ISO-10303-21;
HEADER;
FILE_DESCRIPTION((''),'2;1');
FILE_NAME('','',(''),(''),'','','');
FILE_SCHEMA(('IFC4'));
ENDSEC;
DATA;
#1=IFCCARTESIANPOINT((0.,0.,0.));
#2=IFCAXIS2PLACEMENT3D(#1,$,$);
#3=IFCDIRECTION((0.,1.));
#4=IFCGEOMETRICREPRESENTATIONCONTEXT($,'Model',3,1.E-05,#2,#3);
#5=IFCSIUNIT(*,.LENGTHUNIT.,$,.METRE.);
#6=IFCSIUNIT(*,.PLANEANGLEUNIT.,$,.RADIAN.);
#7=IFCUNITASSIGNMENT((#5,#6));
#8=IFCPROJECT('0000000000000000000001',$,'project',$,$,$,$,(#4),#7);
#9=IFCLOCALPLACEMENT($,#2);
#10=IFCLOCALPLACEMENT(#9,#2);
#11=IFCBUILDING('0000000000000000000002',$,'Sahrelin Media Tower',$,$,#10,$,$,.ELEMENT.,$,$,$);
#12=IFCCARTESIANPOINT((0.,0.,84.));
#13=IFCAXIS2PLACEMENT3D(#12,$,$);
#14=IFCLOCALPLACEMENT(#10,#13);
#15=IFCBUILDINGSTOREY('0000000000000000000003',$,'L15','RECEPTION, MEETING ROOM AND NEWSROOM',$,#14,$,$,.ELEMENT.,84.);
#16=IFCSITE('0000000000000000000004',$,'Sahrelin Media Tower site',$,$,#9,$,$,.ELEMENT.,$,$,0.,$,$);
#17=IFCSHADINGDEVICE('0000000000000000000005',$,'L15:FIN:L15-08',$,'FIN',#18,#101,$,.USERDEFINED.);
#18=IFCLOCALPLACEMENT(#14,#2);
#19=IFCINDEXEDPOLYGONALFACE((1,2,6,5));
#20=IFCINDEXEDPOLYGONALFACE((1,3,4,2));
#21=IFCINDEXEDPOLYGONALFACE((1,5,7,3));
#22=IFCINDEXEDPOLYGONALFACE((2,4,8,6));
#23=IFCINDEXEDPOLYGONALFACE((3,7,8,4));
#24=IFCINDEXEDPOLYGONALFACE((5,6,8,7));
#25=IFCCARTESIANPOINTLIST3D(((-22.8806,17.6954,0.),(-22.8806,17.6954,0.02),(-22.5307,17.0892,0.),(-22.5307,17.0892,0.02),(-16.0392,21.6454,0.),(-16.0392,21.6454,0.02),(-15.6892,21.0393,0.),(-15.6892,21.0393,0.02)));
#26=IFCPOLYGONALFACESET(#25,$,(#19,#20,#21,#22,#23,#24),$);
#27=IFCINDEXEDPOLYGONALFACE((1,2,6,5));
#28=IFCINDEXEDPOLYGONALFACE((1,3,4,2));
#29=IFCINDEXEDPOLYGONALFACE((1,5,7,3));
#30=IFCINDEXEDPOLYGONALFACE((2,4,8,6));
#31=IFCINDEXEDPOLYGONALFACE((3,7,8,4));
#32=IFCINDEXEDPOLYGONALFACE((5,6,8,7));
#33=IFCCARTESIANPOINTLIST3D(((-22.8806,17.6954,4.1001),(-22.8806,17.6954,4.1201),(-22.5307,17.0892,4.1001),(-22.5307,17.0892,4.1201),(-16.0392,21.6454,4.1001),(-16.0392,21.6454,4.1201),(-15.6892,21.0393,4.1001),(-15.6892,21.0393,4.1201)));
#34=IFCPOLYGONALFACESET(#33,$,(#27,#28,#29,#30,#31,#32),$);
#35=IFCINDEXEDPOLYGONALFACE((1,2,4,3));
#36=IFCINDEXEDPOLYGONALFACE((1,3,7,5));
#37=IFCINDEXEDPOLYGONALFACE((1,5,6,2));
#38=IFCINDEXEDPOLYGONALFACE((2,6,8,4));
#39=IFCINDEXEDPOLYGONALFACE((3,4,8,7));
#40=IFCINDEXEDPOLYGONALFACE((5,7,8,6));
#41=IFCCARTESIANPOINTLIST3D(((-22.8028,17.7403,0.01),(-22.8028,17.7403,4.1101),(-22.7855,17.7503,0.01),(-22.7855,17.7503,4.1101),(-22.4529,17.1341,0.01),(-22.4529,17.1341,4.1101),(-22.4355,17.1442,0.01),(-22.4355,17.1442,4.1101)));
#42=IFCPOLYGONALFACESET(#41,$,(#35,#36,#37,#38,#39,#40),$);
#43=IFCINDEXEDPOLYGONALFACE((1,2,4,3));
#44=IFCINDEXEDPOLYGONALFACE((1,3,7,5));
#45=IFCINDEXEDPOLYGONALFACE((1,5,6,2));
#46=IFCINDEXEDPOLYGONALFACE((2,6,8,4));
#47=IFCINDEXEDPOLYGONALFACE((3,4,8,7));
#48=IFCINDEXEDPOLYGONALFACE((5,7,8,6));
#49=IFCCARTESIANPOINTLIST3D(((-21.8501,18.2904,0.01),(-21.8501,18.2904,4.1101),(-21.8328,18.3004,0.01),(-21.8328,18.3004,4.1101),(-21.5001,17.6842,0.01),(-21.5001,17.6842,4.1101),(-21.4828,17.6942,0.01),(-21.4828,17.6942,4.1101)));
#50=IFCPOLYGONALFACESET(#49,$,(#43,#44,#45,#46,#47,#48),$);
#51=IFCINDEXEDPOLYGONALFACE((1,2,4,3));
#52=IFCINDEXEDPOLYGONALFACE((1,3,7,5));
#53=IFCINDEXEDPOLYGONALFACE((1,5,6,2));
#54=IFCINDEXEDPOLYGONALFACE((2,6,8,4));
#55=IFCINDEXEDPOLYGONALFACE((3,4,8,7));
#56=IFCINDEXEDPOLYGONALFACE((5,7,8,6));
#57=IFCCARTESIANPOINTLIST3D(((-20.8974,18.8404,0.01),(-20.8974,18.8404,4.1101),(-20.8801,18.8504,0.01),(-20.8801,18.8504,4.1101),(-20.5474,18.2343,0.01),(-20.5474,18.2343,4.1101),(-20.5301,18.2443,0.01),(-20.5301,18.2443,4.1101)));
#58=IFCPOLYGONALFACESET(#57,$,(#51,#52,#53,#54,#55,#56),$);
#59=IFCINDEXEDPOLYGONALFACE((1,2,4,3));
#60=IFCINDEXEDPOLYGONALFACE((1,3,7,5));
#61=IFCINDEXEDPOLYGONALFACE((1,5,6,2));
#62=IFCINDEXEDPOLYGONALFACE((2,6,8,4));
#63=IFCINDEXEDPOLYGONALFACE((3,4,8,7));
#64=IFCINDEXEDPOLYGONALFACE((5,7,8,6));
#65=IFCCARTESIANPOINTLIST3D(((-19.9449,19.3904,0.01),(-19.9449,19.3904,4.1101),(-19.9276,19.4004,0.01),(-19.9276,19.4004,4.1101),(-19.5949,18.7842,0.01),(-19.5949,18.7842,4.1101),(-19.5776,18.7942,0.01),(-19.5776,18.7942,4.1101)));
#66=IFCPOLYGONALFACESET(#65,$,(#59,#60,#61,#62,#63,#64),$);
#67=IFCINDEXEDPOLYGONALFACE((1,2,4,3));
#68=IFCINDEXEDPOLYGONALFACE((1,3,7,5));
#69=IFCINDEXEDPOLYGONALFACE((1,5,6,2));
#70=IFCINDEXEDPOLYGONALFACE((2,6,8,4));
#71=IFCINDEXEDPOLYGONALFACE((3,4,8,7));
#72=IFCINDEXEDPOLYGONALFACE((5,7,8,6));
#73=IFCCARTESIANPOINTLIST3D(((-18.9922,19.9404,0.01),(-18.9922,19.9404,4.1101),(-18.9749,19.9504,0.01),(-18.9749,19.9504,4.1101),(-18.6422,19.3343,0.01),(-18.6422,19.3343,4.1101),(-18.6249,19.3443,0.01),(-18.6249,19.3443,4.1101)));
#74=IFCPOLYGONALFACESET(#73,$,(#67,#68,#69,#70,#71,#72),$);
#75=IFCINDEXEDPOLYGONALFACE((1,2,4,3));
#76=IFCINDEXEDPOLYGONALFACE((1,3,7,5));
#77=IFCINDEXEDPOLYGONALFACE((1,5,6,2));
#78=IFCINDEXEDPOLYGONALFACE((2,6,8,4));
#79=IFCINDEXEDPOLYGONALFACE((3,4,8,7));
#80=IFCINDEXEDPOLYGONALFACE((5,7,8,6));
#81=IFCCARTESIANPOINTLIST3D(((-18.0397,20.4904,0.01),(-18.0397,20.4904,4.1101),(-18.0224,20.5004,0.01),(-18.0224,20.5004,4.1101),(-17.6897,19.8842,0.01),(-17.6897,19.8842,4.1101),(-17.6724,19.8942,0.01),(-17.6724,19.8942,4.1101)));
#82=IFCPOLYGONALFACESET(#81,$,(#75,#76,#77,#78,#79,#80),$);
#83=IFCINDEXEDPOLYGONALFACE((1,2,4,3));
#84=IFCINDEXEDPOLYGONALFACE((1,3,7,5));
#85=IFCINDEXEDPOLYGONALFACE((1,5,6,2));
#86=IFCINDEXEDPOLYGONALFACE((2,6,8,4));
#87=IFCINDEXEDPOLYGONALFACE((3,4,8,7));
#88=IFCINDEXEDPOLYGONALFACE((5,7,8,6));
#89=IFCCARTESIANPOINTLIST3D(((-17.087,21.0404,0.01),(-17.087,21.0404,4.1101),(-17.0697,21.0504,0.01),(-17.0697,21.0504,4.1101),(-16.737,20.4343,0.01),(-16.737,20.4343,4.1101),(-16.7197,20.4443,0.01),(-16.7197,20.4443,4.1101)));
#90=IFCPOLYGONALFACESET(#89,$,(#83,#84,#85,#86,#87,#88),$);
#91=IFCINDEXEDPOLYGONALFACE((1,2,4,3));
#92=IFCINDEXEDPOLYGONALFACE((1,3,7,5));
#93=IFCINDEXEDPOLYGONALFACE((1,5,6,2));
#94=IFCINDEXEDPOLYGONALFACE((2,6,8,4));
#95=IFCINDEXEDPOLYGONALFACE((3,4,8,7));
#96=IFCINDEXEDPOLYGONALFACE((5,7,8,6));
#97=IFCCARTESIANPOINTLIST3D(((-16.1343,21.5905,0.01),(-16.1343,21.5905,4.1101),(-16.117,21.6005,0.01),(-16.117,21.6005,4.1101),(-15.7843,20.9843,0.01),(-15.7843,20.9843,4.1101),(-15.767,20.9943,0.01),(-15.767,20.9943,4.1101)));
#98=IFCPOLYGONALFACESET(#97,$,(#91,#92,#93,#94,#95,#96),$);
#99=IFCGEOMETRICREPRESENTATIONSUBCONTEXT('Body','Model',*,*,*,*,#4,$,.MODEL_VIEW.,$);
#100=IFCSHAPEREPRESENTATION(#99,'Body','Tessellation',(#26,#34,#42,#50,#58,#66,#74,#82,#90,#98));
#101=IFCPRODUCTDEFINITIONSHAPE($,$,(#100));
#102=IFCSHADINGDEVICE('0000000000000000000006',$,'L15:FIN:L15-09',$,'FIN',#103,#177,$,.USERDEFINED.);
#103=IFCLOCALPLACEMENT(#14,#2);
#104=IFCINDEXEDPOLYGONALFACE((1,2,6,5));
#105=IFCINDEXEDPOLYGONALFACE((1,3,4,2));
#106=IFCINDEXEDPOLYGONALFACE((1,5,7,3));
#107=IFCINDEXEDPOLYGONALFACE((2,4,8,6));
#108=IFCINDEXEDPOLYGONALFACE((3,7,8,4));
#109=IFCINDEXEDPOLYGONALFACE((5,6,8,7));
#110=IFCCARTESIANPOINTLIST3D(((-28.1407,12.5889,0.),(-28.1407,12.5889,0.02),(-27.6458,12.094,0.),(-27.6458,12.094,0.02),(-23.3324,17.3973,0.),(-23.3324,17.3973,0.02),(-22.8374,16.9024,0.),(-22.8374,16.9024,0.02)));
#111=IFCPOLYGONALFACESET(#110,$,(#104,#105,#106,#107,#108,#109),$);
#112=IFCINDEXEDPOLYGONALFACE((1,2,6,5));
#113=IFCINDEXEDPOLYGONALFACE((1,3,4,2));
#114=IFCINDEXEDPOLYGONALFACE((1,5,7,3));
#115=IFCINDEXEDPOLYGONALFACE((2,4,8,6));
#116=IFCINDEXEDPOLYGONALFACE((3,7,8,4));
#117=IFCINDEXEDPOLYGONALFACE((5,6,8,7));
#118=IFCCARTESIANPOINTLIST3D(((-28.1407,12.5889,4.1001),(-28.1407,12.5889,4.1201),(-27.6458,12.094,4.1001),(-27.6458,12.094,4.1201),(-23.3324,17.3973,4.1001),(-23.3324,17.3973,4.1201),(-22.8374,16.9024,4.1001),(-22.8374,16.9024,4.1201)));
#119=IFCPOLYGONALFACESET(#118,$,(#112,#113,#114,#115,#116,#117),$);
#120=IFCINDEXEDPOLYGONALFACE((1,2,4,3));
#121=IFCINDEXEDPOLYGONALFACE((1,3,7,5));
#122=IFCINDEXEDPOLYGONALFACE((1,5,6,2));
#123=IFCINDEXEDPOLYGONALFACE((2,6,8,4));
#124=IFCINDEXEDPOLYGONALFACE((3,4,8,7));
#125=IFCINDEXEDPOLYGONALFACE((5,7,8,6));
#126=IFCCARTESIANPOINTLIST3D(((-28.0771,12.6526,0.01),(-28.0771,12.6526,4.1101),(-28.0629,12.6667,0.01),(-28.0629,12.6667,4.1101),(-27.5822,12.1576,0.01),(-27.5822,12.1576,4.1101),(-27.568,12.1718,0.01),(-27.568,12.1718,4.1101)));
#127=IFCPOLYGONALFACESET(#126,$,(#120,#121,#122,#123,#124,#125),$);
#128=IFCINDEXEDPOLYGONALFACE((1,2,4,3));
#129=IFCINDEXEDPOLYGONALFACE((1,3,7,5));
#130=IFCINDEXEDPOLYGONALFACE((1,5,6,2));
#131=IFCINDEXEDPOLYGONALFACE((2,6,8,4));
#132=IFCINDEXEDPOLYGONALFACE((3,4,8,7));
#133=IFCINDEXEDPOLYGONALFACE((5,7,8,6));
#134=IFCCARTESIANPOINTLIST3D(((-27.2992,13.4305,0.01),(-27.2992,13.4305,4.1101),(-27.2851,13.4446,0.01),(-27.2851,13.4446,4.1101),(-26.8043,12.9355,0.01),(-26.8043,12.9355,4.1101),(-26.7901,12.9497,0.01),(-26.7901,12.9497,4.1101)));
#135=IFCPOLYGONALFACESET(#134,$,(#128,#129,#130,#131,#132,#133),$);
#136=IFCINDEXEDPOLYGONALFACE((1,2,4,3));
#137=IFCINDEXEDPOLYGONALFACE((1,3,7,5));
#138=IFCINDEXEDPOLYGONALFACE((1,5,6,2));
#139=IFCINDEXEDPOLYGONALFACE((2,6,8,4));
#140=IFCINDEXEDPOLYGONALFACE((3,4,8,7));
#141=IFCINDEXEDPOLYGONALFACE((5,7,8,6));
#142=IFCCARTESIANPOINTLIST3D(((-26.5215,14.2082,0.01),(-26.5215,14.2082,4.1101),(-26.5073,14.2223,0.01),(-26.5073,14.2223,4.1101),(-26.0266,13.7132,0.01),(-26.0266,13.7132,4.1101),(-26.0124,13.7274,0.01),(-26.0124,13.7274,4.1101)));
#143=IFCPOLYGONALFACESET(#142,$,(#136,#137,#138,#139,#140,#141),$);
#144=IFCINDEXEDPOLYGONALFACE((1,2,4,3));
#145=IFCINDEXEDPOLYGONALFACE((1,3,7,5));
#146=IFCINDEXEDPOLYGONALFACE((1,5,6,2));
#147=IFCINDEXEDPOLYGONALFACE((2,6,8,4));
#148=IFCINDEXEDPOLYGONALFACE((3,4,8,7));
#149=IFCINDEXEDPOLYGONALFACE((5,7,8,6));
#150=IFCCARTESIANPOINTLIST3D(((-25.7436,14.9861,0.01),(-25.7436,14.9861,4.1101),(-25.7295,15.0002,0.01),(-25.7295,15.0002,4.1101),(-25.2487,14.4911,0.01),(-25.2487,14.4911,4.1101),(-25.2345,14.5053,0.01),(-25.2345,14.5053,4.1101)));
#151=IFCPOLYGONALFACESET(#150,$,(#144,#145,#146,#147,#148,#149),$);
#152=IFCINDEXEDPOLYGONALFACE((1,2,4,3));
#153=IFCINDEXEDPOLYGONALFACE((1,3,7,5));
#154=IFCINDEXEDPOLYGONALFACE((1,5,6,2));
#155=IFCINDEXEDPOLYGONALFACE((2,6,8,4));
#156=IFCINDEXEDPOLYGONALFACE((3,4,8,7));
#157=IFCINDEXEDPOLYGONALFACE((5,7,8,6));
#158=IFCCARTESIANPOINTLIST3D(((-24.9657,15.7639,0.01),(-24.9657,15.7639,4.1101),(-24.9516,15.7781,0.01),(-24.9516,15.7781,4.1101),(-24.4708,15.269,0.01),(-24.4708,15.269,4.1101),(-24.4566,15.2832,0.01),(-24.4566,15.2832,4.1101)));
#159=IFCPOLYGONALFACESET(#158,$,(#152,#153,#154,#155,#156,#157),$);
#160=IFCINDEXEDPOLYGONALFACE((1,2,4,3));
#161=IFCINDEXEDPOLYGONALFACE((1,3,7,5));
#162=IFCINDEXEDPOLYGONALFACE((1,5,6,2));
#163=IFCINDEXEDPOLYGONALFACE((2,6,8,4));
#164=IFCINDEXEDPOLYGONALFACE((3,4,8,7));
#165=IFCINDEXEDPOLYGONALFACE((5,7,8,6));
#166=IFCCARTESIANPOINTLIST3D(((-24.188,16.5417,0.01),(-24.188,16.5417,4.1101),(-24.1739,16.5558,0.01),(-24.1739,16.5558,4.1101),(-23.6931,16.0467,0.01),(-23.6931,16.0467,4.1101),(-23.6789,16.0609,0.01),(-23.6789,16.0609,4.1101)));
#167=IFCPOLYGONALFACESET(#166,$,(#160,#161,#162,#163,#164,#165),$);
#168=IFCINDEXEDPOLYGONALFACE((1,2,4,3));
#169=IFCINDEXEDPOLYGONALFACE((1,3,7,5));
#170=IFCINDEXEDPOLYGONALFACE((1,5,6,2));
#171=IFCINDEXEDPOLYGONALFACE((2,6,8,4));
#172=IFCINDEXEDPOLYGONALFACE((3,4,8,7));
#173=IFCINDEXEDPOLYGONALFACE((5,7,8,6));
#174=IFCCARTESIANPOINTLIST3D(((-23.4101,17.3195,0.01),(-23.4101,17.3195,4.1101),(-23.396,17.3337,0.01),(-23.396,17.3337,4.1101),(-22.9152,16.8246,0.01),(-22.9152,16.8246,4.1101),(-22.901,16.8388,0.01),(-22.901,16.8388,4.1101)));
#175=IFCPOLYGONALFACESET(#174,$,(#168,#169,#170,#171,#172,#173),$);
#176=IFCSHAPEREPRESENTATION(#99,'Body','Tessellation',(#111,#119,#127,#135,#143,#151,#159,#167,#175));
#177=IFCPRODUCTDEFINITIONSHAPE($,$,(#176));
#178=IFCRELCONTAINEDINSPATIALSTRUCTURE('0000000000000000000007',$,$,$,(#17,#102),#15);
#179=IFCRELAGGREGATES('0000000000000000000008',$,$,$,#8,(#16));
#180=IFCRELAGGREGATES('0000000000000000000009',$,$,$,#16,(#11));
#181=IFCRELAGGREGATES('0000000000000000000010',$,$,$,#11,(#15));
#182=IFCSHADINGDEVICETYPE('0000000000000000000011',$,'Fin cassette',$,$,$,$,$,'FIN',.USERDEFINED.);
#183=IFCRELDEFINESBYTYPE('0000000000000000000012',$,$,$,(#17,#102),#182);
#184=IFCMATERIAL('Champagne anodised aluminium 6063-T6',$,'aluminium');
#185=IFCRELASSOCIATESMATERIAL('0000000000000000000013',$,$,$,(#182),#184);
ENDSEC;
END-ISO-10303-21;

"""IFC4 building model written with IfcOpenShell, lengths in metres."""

from ifc_helpers import new_model, si_unit, direction, frame, origin, origin_2d, place, context, subcontext, project, spatial, rectangle, extrude, material, type_object, element, save


model = new_model("IFC4")

# Units and contexts
model_context = context("Model", 3, precision=1e-05, world=origin(), true_north=direction((0.0, 1.0)))
body_context = subcontext(model_context, "Body", "Model", "MODEL_VIEW")
ifc_project = project(units=[si_unit("LENGTHUNIT", "METRE"), si_unit("PLANEANGLEUNIT", "RADIAN")], contexts=[model_context])

# Site, building, storey
site_placement = place(None, origin())
site = spatial("IfcSite", under=ifc_project, at=site_placement, Name="Sahrelin Media Tower site", CompositionType="ELEMENT", RefElevation=0.0)
building_placement = place(site_placement, origin())
building = spatial("IfcBuilding", under=site, at=building_placement, Name="Sahrelin Media Tower", CompositionType="ELEMENT")
storey_placement = place(building_placement, frame((0.0, 0.0, 84.0)))
storey = spatial("IfcBuildingStorey", under=building, at=storey_placement, Name="L15", Description="RECEPTION, MEETING ROOM AND NEWSROOM", CompositionType="ELEMENT", Elevation=84.0)

# Shared definitions
ifc_material_1 = material(Name="Champagne anodised aluminium 6063-T6", Category="aluminium")

# Shading devices
shading_device_type_1 = type_object("IfcShadingDeviceType", Name="Fin cassette", ElementType="FIN", PredefinedType="USERDEFINED", material=ifc_material_1)
placement_1 = place(storey_placement, frame((-19.075, 19.0037, 0.0), z_axis=(0.0, 0.0, 1.0), x_axis=(0.866019, 0.500011, 0.0)))
element("IfcShadingDevice", 1, at=placement_1, inside=storey, type_object=shading_device_type_1, Name="L15:FIN:L15-08", ObjectType="FIN", PredefinedType="USERDEFINED", context=body_context, shape_type="SweptSolid", body=[
    extrude(rectangle(XDim=7.8999, YDim=0.7, at=origin_2d()), frame((0.0, 0.4199, 0.0)), (0.0, 0.0, 1.0), 0.02),
    extrude(rectangle(XDim=7.8999, YDim=0.7, at=origin_2d()), frame((0.0, 0.4199, 4.1001)), (0.0, 0.0, 1.0), 0.02),
    extrude(rectangle(XDim=0.02, YDim=0.7, at=origin_2d()), frame((-3.8501, 0.4199, 0.01), z_axis=(0.0, 0.0, 1.0), x_axis=(1.0, 0.0, 0.0)), (0.0, 0.0, 1.0), 4.1001),
    extrude(rectangle(XDim=0.02, YDim=0.7, at=origin_2d()), frame((-2.75, 0.4199, 0.01), z_axis=(0.0, 0.0, 1.0), x_axis=(1.0, 0.0, 0.0)), (0.0, 0.0, 1.0), 4.1001),
    extrude(rectangle(XDim=0.02, YDim=0.7, at=origin_2d()), frame((-1.6499, 0.4199, 0.01), z_axis=(0.0, 0.0, 1.0), x_axis=(1.0, 0.0, 0.0)), (0.0, 0.0, 1.0), 4.1001),
    extrude(rectangle(XDim=0.02, YDim=0.7, at=origin_2d()), frame((-0.55, 0.4199, 0.01), z_axis=(0.0, 0.0, 1.0), x_axis=(1.0, 0.0, 0.0)), (0.0, 0.0, 1.0), 4.1001),
    extrude(rectangle(XDim=0.02, YDim=0.7, at=origin_2d()), frame((0.55, 0.4199, 0.01), z_axis=(0.0, 0.0, 1.0), x_axis=(1.0, 0.0, 0.0)), (0.0, 0.0, 1.0), 4.1001),
    extrude(rectangle(XDim=0.02, YDim=0.7, at=origin_2d()), frame((1.6499, 0.4199, 0.01), z_axis=(0.0, 0.0, 1.0), x_axis=(1.0, 0.0, 0.0)), (0.0, 0.0, 1.0), 4.1001),
    extrude(rectangle(XDim=0.02, YDim=0.7, at=origin_2d()), frame((2.75, 0.4199, 0.01), z_axis=(0.0, 0.0, 1.0), x_axis=(1.0, 0.0, 0.0)), (0.0, 0.0, 1.0), 4.1001),
    extrude(rectangle(XDim=0.02, YDim=0.7, at=origin_2d()), frame((3.8501, 0.4199, 0.01), z_axis=(0.0, 0.0, 1.0), x_axis=(1.0, 0.0, 0.0)), (0.0, 0.0, 1.0), 4.1001),
])
placement_2 = place(storey_placement, frame((-25.1921, 14.4487, 0.0), z_axis=(0.0, 0.0, 1.0), x_axis=(0.707107, 0.707107, 0.0)))
element("IfcShadingDevice", 2, at=placement_2, inside=storey, type_object=shading_device_type_1, Name="L15:FIN:L15-09", ObjectType="FIN", PredefinedType="USERDEFINED", context=body_context, shape_type="SweptSolid", body=[
    extrude(rectangle(XDim=6.8, YDim=0.7, at=origin_2d()), frame((0.0, 0.4199, 0.0)), (0.0, 0.0, 1.0), 0.02),
    extrude(rectangle(XDim=6.8, YDim=0.7, at=origin_2d()), frame((0.0, 0.4199, 4.1001)), (0.0, 0.0, 1.0), 0.02),
    extrude(rectangle(XDim=0.02, YDim=0.7, at=origin_2d()), frame((-3.3, 0.4199, 0.01), z_axis=(0.0, 0.0, 1.0), x_axis=(1.0, 0.0, 0.0)), (0.0, 0.0, 1.0), 4.1001),
    extrude(rectangle(XDim=0.02, YDim=0.7, at=origin_2d()), frame((-2.2, 0.4199, 0.01), z_axis=(0.0, 0.0, 1.0), x_axis=(1.0, 0.0, 0.0)), (0.0, 0.0, 1.0), 4.1001),
    extrude(rectangle(XDim=0.02, YDim=0.7, at=origin_2d()), frame((-1.1001, 0.4199, 0.01), z_axis=(0.0, 0.0, 1.0), x_axis=(1.0, 0.0, 0.0)), (0.0, 0.0, 1.0), 4.1001),
    extrude(rectangle(XDim=0.02, YDim=0.7, at=origin_2d()), frame((0.0, 0.4199, 0.01), z_axis=(0.0, 0.0, 1.0), x_axis=(1.0, 0.0, 0.0)), (0.0, 0.0, 1.0), 4.1001),
    extrude(rectangle(XDim=0.02, YDim=0.7, at=origin_2d()), frame((1.1001, 0.4199, 0.01), z_axis=(0.0, 0.0, 1.0), x_axis=(1.0, 0.0, 0.0)), (0.0, 0.0, 1.0), 4.1001),
    extrude(rectangle(XDim=0.02, YDim=0.7, at=origin_2d()), frame((2.2, 0.4199, 0.01), z_axis=(0.0, 0.0, 1.0), x_axis=(1.0, 0.0, 0.0)), (0.0, 0.0, 1.0), 4.1001),
    extrude(rectangle(XDim=0.02, YDim=0.7, at=origin_2d()), frame((3.3, 0.4199, 0.01), z_axis=(0.0, 0.0, 1.0), x_axis=(1.0, 0.0, 0.0)), (0.0, 0.0, 1.0), 4.1001),
])

save(model, "model.ifc")
